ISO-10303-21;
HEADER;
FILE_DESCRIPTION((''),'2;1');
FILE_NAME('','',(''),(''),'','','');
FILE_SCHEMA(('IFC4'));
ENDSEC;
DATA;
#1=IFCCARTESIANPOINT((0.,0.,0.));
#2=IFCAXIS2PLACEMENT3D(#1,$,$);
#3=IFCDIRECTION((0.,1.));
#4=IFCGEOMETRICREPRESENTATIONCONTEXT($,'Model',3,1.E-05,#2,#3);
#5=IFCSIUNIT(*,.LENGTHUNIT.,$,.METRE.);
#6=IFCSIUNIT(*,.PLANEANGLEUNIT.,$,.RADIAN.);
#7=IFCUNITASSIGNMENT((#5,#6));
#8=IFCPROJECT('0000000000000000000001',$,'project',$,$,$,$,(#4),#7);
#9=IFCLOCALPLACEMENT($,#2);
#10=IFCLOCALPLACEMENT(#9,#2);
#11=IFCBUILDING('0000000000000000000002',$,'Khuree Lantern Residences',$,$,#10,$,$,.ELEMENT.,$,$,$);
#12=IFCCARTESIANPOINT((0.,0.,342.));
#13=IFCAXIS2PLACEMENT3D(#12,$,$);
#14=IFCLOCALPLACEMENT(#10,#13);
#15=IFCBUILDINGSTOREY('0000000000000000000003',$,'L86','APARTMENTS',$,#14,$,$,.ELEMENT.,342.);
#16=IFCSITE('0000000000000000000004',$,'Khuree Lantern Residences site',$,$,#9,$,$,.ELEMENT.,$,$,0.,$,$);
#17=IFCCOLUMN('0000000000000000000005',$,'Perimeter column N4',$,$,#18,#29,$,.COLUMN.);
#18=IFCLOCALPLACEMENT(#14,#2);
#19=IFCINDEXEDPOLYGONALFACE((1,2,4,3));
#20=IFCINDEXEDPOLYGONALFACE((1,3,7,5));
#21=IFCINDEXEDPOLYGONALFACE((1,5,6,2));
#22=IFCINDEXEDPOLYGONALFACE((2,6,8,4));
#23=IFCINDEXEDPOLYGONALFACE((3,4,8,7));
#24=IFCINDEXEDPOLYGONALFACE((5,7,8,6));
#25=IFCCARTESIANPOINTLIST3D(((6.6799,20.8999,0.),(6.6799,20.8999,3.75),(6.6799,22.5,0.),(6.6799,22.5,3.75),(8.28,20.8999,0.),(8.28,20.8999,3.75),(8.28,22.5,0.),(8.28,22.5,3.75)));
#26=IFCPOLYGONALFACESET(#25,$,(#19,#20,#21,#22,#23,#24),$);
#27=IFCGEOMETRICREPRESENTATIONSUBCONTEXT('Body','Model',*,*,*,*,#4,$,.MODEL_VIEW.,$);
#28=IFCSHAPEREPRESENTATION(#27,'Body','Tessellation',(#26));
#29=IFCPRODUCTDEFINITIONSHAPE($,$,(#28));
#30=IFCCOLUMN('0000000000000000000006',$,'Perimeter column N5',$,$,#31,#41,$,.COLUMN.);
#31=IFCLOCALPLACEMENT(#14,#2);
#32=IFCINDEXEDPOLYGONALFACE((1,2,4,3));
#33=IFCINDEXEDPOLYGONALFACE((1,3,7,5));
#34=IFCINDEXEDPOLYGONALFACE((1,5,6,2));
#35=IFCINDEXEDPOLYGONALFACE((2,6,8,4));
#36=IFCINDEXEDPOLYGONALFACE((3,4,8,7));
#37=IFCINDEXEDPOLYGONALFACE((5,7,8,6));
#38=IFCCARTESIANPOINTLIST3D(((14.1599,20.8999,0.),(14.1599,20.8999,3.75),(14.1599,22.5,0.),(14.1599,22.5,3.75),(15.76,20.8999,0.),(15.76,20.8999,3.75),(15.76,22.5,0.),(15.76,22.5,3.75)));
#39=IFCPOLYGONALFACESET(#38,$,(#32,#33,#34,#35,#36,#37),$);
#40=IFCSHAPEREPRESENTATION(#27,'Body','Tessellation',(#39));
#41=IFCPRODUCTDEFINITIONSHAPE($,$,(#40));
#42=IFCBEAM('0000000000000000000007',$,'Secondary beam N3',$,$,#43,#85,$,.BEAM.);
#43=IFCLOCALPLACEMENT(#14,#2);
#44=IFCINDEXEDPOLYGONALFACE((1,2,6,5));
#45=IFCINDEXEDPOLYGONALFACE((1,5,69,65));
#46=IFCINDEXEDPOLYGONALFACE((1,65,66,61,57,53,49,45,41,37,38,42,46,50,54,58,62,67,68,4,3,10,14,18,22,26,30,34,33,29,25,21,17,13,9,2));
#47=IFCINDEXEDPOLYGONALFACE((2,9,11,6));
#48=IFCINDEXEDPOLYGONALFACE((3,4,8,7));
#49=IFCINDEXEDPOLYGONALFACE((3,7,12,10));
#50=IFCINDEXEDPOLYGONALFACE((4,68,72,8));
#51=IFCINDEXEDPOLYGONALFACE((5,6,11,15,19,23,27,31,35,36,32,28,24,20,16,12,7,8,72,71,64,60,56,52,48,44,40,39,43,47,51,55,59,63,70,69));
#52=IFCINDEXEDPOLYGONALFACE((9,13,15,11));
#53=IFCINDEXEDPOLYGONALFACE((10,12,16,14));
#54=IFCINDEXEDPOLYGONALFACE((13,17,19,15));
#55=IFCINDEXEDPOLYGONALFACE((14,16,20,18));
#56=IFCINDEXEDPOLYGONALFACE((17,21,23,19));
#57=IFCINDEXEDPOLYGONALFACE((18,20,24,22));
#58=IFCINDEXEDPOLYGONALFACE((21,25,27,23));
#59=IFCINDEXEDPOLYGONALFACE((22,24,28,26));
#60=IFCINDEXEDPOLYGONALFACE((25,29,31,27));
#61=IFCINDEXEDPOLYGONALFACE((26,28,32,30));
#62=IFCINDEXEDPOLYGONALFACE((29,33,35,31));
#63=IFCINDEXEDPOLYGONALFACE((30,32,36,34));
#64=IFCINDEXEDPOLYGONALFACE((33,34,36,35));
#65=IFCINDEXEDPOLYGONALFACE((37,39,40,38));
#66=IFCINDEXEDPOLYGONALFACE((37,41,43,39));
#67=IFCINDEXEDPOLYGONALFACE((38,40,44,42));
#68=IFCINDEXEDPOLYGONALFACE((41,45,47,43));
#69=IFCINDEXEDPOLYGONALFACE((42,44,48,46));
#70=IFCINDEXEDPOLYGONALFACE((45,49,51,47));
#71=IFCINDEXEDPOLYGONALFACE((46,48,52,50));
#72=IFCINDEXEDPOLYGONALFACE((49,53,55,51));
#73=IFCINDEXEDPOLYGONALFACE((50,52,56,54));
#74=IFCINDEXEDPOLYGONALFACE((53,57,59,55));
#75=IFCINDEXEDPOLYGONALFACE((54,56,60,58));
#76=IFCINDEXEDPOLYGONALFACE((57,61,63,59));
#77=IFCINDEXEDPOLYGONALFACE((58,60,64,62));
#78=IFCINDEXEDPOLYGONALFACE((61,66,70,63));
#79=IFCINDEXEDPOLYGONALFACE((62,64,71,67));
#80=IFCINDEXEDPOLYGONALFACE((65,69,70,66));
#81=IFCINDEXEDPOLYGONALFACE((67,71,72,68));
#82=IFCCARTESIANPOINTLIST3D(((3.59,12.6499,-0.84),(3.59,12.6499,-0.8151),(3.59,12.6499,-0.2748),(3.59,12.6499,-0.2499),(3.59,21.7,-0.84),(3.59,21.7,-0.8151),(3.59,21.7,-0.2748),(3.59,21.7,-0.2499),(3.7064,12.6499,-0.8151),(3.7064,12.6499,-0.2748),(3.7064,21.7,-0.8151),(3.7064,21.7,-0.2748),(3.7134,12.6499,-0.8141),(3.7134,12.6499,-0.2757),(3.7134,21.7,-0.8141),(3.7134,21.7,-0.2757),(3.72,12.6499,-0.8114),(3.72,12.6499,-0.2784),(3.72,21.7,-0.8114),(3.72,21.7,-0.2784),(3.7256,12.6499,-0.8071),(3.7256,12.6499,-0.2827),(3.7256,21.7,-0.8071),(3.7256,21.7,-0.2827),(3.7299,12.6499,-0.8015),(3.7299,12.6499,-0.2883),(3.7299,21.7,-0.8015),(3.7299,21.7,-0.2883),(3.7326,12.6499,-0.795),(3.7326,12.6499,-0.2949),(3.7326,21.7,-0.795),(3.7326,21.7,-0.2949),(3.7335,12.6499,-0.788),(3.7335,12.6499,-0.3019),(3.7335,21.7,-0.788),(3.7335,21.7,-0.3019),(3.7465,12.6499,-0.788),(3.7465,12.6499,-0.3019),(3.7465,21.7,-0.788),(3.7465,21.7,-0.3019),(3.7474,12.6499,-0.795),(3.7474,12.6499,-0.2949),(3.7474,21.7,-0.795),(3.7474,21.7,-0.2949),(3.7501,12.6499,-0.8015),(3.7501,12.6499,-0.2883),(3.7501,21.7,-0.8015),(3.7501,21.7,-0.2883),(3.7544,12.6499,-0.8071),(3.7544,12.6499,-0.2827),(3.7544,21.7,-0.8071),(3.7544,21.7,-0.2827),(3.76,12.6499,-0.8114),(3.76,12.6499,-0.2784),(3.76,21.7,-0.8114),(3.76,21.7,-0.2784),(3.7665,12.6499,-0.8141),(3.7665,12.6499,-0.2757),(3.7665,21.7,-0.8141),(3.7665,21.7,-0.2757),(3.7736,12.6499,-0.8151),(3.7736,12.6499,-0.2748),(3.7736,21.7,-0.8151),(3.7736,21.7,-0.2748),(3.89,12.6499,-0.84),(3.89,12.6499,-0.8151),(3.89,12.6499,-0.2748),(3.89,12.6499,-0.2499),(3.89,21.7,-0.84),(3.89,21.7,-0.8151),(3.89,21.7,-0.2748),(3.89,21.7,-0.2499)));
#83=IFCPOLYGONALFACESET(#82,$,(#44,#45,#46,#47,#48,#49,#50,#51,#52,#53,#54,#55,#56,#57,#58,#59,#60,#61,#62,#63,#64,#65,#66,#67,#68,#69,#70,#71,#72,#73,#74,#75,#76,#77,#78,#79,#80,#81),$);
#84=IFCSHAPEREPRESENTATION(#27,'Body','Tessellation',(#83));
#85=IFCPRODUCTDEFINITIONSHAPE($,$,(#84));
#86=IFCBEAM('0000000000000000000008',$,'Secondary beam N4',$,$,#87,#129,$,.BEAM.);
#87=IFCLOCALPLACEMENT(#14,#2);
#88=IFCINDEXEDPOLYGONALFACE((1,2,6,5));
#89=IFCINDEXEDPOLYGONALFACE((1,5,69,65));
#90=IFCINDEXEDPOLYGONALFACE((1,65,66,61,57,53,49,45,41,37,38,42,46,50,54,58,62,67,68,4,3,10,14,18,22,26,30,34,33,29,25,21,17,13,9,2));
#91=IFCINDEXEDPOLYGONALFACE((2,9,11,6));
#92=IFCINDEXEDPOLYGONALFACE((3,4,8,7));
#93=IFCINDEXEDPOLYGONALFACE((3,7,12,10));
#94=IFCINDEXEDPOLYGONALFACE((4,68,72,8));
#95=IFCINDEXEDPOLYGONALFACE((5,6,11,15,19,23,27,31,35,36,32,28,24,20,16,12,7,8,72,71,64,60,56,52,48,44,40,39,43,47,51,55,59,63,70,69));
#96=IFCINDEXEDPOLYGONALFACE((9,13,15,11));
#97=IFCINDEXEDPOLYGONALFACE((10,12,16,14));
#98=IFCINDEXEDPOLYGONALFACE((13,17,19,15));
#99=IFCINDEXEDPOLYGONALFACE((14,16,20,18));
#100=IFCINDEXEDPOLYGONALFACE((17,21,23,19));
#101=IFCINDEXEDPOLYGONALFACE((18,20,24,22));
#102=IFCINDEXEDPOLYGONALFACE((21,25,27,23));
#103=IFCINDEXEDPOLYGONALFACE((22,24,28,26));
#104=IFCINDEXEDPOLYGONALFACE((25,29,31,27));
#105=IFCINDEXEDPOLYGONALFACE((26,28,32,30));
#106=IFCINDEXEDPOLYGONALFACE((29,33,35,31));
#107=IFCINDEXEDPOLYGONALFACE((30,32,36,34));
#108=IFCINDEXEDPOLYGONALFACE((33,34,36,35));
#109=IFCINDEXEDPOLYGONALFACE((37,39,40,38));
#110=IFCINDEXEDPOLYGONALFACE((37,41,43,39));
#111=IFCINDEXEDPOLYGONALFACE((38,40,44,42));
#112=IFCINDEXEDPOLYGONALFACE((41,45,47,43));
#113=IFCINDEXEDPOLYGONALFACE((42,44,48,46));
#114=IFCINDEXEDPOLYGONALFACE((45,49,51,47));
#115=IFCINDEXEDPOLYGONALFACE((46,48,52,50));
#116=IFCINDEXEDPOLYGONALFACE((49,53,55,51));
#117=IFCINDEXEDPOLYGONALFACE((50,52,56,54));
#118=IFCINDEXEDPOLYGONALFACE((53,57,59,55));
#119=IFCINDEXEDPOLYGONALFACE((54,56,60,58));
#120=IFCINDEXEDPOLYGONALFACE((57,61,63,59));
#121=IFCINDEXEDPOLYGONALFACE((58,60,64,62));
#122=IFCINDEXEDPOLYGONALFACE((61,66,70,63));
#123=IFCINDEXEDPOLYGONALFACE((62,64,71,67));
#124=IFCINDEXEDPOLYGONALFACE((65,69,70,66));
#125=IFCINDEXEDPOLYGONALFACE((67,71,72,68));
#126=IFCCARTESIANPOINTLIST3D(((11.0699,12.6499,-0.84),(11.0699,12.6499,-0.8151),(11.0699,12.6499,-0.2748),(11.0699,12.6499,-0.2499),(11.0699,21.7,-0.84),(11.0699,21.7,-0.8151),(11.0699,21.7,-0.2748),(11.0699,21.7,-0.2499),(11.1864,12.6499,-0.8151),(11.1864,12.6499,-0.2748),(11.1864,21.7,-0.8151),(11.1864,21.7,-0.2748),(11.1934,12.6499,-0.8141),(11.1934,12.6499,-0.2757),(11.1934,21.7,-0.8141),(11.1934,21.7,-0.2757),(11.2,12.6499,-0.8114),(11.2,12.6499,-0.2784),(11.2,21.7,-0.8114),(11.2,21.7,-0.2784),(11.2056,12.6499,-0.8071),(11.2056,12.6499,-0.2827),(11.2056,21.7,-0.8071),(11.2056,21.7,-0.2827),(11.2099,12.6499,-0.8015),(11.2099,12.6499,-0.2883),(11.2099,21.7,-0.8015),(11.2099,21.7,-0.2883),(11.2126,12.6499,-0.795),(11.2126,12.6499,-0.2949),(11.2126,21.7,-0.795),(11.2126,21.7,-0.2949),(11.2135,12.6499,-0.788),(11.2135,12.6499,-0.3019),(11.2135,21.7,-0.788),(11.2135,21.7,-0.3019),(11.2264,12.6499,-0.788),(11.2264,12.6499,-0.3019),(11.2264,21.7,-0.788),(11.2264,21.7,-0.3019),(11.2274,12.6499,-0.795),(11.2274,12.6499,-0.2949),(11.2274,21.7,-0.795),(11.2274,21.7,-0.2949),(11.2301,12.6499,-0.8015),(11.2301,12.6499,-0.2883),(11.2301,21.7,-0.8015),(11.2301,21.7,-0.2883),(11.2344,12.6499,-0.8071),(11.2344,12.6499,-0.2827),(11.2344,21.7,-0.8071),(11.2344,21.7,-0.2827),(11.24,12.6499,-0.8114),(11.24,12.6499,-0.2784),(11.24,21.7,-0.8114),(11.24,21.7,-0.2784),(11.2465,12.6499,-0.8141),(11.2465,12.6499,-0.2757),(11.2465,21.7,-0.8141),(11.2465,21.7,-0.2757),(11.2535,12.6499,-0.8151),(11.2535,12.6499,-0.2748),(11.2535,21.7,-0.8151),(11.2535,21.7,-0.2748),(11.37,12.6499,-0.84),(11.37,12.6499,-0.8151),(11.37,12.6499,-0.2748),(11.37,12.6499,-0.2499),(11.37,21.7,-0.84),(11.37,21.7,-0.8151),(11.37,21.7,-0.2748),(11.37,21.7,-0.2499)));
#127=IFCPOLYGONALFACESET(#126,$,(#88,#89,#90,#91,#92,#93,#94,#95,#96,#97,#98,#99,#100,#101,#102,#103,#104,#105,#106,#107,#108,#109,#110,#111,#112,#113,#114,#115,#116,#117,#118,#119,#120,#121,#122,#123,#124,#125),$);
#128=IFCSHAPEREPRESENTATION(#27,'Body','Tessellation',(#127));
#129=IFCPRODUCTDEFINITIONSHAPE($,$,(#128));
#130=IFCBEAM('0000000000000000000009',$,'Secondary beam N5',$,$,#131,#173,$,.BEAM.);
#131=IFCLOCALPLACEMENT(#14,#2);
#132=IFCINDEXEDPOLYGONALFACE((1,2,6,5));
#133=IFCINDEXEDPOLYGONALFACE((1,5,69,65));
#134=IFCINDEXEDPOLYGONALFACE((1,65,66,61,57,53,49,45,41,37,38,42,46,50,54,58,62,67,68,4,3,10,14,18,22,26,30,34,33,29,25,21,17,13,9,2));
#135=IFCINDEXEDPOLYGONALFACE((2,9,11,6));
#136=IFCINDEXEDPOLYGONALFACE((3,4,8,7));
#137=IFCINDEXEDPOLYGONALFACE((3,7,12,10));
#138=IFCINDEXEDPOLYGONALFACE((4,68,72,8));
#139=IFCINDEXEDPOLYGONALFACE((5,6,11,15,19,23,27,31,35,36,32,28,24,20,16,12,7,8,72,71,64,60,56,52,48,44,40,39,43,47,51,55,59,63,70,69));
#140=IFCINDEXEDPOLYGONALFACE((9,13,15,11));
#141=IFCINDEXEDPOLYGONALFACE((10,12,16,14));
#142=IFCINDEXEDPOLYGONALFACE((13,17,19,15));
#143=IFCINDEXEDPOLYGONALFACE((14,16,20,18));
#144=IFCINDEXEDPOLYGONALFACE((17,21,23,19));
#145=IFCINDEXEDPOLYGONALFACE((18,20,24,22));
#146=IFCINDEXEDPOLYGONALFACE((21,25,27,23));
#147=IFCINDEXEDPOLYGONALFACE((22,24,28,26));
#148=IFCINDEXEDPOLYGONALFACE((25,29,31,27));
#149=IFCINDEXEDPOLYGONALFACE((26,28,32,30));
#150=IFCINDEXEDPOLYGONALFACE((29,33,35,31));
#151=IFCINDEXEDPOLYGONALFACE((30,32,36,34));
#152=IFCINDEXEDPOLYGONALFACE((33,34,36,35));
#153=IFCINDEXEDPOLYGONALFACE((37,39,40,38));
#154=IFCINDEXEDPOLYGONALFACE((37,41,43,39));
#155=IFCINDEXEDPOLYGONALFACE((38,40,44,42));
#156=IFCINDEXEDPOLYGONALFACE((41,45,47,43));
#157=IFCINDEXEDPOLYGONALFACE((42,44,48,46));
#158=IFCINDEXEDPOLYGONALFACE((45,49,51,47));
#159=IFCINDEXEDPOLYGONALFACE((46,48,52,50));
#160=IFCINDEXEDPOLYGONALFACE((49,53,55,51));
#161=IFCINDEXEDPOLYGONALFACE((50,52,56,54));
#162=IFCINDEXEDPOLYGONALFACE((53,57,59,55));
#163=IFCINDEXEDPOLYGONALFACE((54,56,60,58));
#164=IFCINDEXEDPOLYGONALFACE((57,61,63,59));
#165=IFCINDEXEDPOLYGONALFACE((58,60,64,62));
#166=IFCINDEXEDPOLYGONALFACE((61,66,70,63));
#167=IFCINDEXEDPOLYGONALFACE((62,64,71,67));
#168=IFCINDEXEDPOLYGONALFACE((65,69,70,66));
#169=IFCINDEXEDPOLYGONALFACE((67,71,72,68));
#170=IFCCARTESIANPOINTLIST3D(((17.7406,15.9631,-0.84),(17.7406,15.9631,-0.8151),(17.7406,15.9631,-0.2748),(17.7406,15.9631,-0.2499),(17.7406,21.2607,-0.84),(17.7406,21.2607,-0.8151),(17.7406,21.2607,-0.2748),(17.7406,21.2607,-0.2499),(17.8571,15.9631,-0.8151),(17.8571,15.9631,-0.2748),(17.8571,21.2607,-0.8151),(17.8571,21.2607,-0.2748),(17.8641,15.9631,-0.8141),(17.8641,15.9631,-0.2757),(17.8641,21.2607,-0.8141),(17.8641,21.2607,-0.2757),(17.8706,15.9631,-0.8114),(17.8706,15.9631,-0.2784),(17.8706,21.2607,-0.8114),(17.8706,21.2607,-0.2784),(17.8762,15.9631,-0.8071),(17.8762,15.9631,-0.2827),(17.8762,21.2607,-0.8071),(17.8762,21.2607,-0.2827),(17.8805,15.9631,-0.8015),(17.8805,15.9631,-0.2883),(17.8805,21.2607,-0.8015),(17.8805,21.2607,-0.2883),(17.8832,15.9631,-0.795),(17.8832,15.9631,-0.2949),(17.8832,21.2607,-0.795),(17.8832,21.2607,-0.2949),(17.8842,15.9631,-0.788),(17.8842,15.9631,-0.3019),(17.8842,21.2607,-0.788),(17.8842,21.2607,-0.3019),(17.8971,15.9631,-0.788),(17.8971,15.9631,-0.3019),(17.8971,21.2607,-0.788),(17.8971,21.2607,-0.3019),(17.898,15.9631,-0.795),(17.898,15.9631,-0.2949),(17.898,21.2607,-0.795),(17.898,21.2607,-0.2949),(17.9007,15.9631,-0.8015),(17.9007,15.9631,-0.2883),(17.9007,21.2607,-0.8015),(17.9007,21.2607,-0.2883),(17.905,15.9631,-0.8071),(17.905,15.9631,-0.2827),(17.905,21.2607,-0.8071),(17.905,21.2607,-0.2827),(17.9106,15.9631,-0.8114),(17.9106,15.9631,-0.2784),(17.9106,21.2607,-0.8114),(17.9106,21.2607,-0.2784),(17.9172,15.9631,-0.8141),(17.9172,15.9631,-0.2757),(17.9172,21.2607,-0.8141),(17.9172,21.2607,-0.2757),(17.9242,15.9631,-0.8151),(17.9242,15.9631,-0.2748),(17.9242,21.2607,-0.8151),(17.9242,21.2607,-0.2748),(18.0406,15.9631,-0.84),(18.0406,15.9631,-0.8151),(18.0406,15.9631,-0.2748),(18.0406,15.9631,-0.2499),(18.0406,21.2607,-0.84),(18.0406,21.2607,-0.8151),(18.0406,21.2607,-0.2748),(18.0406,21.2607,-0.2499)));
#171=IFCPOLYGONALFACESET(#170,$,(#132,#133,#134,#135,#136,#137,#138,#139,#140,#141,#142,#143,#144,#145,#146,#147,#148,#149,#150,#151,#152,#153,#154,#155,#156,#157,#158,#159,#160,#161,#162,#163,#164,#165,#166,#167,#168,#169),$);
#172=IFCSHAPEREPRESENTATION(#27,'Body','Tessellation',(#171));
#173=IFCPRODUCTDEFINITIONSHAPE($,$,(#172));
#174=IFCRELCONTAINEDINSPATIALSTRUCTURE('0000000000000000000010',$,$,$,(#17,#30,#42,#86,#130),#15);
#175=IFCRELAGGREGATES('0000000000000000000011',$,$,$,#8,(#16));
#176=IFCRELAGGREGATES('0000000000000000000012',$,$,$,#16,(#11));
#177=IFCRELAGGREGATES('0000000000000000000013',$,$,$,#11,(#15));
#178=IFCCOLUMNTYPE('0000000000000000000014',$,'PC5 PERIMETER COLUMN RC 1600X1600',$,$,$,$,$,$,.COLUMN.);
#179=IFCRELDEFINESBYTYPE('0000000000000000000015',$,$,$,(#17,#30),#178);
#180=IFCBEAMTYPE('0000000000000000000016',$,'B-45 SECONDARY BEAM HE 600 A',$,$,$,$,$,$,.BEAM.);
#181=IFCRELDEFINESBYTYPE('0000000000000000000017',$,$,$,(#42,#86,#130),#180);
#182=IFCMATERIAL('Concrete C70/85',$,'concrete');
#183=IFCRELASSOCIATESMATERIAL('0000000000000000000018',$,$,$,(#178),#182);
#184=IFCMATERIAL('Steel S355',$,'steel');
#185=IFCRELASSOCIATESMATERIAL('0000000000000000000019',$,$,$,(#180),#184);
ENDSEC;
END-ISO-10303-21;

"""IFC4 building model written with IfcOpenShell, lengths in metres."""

from ifc_helpers import new_model, si_unit, direction, frame, origin, origin_2d, place, context, subcontext, project, spatial, rectangle, i_section, extrude, material, material_profile, profile_set, type_object, element, save


model = new_model("IFC4")

# Units and contexts
model_context = context("Model", 3, precision=1e-05, world=origin(), true_north=direction((0.0, 1.0)))
body_context = subcontext(model_context, "Body", "Model", "MODEL_VIEW")
ifc_project = project(units=[si_unit("LENGTHUNIT", "METRE"), si_unit("PLANEANGLEUNIT", "RADIAN")], contexts=[model_context])

# Site, building, storey
site_placement = place(None, origin())
site = spatial("IfcSite", under=ifc_project, at=site_placement, Name="Khuree Lantern Residences site", CompositionType="ELEMENT", RefElevation=0.0)
building_placement = place(site_placement, origin())
building = spatial("IfcBuilding", under=site, at=building_placement, Name="Khuree Lantern Residences", CompositionType="ELEMENT")
storey_placement = place(building_placement, frame((0.0, 0.0, 342.0)))
storey = spatial("IfcBuildingStorey", under=building, at=storey_placement, Name="L86", Description="APARTMENTS", CompositionType="ELEMENT", Elevation=342.0)

# Columns
ifc_material_1 = material(Name="Concrete C70/85", Category="concrete")
ifc_material_profile_1 = material_profile(ifc_material_1, rectangle(XDim=1.6001, YDim=1.6001, at=origin_2d()), Name="RC 1600X1600")
ifc_profile_set_1 = profile_set([ifc_material_profile_1], Name="Concrete C70/85")
column_type = type_object("IfcColumnType", Name="PC5 PERIMETER COLUMN RC 1600X1600", PredefinedType="COLUMN", material=ifc_profile_set_1)
for number, where, z_axis, x_axis, name in (
    (1, (7.48, 21.7, 0.0), (0.0, 0.0, 1.0), (1.0, 0.0, 0.0), "Perimeter column N4"),
    (2, (14.96, 21.7, 0.0), (0.0, 0.0, 1.0), (1.0, 0.0, 0.0), "Perimeter column N5"),
):
    element("IfcColumn", number, at=place(storey_placement, frame(where, z_axis=z_axis, x_axis=x_axis)), inside=storey, type_object=column_type, Name=name, PredefinedType="COLUMN", context=body_context, shape_type="SweptSolid", body=[
        extrude(rectangle(XDim=1.6001, YDim=1.6001, at=origin_2d()), origin(), (0.0, 0.0, 1.0), 3.75),
    ])

# Beams
ifc_material_2 = material(Name="Steel S355", Category="steel")
ifc_material_profile_2 = material_profile(ifc_material_2, i_section(OverallWidth=0.3, OverallDepth=0.5901, WebThickness=0.0129, FlangeThickness=0.0249, FilletRadius=0.0271, at=origin_2d()), Name="HE 600 A")
ifc_profile_set_2 = profile_set([ifc_material_profile_2], Name="Steel S355")
beam_type_1 = type_object("IfcBeamType", Name="B-45 SECONDARY BEAM HE 600 A", PredefinedType="BEAM", material=ifc_profile_set_2)
for number, where, z_axis, x_axis, name in (
    (3, (3.74, 21.7, -0.5449), (0.0, -1.0, 0.0), (1.0, 0.0, 0.0), "Secondary beam N3"),
    (4, (11.22, 21.7, -0.5449), (0.0, -1.0, 0.0), (1.0, 0.0, 0.0), "Secondary beam N4"),
):
    element("IfcBeam", number, at=place(storey_placement, frame(where, z_axis=z_axis, x_axis=x_axis)), inside=storey, type_object=beam_type_1, Name=name, PredefinedType="BEAM", context=body_context, shape_type="SweptSolid", body=[
        extrude(i_section(OverallWidth=0.3, OverallDepth=0.5901, WebThickness=0.0129, FlangeThickness=0.0249, FilletRadius=0.0271, at=origin_2d()), origin(), (0.0, 0.0, 1.0), 9.05),
    ])
beam_1_placement = place(storey_placement, frame((17.8906, 21.2607, -0.5449), z_axis=(0.0, -1.0, 0.0), x_axis=(1.0, 0.0, 0.0)))
element("IfcBeam", 5, at=beam_1_placement, inside=storey, type_object=beam_type_1, Name="Secondary beam N5", PredefinedType="BEAM", context=body_context, shape_type="SweptSolid", body=[
    extrude(i_section(OverallWidth=0.3, OverallDepth=0.5901, WebThickness=0.0129, FlangeThickness=0.0249, FilletRadius=0.0271, at=origin_2d()), origin(), (0.0, 0.0, 1.0), 5.2976),
])

save(model, "model.ifc")
